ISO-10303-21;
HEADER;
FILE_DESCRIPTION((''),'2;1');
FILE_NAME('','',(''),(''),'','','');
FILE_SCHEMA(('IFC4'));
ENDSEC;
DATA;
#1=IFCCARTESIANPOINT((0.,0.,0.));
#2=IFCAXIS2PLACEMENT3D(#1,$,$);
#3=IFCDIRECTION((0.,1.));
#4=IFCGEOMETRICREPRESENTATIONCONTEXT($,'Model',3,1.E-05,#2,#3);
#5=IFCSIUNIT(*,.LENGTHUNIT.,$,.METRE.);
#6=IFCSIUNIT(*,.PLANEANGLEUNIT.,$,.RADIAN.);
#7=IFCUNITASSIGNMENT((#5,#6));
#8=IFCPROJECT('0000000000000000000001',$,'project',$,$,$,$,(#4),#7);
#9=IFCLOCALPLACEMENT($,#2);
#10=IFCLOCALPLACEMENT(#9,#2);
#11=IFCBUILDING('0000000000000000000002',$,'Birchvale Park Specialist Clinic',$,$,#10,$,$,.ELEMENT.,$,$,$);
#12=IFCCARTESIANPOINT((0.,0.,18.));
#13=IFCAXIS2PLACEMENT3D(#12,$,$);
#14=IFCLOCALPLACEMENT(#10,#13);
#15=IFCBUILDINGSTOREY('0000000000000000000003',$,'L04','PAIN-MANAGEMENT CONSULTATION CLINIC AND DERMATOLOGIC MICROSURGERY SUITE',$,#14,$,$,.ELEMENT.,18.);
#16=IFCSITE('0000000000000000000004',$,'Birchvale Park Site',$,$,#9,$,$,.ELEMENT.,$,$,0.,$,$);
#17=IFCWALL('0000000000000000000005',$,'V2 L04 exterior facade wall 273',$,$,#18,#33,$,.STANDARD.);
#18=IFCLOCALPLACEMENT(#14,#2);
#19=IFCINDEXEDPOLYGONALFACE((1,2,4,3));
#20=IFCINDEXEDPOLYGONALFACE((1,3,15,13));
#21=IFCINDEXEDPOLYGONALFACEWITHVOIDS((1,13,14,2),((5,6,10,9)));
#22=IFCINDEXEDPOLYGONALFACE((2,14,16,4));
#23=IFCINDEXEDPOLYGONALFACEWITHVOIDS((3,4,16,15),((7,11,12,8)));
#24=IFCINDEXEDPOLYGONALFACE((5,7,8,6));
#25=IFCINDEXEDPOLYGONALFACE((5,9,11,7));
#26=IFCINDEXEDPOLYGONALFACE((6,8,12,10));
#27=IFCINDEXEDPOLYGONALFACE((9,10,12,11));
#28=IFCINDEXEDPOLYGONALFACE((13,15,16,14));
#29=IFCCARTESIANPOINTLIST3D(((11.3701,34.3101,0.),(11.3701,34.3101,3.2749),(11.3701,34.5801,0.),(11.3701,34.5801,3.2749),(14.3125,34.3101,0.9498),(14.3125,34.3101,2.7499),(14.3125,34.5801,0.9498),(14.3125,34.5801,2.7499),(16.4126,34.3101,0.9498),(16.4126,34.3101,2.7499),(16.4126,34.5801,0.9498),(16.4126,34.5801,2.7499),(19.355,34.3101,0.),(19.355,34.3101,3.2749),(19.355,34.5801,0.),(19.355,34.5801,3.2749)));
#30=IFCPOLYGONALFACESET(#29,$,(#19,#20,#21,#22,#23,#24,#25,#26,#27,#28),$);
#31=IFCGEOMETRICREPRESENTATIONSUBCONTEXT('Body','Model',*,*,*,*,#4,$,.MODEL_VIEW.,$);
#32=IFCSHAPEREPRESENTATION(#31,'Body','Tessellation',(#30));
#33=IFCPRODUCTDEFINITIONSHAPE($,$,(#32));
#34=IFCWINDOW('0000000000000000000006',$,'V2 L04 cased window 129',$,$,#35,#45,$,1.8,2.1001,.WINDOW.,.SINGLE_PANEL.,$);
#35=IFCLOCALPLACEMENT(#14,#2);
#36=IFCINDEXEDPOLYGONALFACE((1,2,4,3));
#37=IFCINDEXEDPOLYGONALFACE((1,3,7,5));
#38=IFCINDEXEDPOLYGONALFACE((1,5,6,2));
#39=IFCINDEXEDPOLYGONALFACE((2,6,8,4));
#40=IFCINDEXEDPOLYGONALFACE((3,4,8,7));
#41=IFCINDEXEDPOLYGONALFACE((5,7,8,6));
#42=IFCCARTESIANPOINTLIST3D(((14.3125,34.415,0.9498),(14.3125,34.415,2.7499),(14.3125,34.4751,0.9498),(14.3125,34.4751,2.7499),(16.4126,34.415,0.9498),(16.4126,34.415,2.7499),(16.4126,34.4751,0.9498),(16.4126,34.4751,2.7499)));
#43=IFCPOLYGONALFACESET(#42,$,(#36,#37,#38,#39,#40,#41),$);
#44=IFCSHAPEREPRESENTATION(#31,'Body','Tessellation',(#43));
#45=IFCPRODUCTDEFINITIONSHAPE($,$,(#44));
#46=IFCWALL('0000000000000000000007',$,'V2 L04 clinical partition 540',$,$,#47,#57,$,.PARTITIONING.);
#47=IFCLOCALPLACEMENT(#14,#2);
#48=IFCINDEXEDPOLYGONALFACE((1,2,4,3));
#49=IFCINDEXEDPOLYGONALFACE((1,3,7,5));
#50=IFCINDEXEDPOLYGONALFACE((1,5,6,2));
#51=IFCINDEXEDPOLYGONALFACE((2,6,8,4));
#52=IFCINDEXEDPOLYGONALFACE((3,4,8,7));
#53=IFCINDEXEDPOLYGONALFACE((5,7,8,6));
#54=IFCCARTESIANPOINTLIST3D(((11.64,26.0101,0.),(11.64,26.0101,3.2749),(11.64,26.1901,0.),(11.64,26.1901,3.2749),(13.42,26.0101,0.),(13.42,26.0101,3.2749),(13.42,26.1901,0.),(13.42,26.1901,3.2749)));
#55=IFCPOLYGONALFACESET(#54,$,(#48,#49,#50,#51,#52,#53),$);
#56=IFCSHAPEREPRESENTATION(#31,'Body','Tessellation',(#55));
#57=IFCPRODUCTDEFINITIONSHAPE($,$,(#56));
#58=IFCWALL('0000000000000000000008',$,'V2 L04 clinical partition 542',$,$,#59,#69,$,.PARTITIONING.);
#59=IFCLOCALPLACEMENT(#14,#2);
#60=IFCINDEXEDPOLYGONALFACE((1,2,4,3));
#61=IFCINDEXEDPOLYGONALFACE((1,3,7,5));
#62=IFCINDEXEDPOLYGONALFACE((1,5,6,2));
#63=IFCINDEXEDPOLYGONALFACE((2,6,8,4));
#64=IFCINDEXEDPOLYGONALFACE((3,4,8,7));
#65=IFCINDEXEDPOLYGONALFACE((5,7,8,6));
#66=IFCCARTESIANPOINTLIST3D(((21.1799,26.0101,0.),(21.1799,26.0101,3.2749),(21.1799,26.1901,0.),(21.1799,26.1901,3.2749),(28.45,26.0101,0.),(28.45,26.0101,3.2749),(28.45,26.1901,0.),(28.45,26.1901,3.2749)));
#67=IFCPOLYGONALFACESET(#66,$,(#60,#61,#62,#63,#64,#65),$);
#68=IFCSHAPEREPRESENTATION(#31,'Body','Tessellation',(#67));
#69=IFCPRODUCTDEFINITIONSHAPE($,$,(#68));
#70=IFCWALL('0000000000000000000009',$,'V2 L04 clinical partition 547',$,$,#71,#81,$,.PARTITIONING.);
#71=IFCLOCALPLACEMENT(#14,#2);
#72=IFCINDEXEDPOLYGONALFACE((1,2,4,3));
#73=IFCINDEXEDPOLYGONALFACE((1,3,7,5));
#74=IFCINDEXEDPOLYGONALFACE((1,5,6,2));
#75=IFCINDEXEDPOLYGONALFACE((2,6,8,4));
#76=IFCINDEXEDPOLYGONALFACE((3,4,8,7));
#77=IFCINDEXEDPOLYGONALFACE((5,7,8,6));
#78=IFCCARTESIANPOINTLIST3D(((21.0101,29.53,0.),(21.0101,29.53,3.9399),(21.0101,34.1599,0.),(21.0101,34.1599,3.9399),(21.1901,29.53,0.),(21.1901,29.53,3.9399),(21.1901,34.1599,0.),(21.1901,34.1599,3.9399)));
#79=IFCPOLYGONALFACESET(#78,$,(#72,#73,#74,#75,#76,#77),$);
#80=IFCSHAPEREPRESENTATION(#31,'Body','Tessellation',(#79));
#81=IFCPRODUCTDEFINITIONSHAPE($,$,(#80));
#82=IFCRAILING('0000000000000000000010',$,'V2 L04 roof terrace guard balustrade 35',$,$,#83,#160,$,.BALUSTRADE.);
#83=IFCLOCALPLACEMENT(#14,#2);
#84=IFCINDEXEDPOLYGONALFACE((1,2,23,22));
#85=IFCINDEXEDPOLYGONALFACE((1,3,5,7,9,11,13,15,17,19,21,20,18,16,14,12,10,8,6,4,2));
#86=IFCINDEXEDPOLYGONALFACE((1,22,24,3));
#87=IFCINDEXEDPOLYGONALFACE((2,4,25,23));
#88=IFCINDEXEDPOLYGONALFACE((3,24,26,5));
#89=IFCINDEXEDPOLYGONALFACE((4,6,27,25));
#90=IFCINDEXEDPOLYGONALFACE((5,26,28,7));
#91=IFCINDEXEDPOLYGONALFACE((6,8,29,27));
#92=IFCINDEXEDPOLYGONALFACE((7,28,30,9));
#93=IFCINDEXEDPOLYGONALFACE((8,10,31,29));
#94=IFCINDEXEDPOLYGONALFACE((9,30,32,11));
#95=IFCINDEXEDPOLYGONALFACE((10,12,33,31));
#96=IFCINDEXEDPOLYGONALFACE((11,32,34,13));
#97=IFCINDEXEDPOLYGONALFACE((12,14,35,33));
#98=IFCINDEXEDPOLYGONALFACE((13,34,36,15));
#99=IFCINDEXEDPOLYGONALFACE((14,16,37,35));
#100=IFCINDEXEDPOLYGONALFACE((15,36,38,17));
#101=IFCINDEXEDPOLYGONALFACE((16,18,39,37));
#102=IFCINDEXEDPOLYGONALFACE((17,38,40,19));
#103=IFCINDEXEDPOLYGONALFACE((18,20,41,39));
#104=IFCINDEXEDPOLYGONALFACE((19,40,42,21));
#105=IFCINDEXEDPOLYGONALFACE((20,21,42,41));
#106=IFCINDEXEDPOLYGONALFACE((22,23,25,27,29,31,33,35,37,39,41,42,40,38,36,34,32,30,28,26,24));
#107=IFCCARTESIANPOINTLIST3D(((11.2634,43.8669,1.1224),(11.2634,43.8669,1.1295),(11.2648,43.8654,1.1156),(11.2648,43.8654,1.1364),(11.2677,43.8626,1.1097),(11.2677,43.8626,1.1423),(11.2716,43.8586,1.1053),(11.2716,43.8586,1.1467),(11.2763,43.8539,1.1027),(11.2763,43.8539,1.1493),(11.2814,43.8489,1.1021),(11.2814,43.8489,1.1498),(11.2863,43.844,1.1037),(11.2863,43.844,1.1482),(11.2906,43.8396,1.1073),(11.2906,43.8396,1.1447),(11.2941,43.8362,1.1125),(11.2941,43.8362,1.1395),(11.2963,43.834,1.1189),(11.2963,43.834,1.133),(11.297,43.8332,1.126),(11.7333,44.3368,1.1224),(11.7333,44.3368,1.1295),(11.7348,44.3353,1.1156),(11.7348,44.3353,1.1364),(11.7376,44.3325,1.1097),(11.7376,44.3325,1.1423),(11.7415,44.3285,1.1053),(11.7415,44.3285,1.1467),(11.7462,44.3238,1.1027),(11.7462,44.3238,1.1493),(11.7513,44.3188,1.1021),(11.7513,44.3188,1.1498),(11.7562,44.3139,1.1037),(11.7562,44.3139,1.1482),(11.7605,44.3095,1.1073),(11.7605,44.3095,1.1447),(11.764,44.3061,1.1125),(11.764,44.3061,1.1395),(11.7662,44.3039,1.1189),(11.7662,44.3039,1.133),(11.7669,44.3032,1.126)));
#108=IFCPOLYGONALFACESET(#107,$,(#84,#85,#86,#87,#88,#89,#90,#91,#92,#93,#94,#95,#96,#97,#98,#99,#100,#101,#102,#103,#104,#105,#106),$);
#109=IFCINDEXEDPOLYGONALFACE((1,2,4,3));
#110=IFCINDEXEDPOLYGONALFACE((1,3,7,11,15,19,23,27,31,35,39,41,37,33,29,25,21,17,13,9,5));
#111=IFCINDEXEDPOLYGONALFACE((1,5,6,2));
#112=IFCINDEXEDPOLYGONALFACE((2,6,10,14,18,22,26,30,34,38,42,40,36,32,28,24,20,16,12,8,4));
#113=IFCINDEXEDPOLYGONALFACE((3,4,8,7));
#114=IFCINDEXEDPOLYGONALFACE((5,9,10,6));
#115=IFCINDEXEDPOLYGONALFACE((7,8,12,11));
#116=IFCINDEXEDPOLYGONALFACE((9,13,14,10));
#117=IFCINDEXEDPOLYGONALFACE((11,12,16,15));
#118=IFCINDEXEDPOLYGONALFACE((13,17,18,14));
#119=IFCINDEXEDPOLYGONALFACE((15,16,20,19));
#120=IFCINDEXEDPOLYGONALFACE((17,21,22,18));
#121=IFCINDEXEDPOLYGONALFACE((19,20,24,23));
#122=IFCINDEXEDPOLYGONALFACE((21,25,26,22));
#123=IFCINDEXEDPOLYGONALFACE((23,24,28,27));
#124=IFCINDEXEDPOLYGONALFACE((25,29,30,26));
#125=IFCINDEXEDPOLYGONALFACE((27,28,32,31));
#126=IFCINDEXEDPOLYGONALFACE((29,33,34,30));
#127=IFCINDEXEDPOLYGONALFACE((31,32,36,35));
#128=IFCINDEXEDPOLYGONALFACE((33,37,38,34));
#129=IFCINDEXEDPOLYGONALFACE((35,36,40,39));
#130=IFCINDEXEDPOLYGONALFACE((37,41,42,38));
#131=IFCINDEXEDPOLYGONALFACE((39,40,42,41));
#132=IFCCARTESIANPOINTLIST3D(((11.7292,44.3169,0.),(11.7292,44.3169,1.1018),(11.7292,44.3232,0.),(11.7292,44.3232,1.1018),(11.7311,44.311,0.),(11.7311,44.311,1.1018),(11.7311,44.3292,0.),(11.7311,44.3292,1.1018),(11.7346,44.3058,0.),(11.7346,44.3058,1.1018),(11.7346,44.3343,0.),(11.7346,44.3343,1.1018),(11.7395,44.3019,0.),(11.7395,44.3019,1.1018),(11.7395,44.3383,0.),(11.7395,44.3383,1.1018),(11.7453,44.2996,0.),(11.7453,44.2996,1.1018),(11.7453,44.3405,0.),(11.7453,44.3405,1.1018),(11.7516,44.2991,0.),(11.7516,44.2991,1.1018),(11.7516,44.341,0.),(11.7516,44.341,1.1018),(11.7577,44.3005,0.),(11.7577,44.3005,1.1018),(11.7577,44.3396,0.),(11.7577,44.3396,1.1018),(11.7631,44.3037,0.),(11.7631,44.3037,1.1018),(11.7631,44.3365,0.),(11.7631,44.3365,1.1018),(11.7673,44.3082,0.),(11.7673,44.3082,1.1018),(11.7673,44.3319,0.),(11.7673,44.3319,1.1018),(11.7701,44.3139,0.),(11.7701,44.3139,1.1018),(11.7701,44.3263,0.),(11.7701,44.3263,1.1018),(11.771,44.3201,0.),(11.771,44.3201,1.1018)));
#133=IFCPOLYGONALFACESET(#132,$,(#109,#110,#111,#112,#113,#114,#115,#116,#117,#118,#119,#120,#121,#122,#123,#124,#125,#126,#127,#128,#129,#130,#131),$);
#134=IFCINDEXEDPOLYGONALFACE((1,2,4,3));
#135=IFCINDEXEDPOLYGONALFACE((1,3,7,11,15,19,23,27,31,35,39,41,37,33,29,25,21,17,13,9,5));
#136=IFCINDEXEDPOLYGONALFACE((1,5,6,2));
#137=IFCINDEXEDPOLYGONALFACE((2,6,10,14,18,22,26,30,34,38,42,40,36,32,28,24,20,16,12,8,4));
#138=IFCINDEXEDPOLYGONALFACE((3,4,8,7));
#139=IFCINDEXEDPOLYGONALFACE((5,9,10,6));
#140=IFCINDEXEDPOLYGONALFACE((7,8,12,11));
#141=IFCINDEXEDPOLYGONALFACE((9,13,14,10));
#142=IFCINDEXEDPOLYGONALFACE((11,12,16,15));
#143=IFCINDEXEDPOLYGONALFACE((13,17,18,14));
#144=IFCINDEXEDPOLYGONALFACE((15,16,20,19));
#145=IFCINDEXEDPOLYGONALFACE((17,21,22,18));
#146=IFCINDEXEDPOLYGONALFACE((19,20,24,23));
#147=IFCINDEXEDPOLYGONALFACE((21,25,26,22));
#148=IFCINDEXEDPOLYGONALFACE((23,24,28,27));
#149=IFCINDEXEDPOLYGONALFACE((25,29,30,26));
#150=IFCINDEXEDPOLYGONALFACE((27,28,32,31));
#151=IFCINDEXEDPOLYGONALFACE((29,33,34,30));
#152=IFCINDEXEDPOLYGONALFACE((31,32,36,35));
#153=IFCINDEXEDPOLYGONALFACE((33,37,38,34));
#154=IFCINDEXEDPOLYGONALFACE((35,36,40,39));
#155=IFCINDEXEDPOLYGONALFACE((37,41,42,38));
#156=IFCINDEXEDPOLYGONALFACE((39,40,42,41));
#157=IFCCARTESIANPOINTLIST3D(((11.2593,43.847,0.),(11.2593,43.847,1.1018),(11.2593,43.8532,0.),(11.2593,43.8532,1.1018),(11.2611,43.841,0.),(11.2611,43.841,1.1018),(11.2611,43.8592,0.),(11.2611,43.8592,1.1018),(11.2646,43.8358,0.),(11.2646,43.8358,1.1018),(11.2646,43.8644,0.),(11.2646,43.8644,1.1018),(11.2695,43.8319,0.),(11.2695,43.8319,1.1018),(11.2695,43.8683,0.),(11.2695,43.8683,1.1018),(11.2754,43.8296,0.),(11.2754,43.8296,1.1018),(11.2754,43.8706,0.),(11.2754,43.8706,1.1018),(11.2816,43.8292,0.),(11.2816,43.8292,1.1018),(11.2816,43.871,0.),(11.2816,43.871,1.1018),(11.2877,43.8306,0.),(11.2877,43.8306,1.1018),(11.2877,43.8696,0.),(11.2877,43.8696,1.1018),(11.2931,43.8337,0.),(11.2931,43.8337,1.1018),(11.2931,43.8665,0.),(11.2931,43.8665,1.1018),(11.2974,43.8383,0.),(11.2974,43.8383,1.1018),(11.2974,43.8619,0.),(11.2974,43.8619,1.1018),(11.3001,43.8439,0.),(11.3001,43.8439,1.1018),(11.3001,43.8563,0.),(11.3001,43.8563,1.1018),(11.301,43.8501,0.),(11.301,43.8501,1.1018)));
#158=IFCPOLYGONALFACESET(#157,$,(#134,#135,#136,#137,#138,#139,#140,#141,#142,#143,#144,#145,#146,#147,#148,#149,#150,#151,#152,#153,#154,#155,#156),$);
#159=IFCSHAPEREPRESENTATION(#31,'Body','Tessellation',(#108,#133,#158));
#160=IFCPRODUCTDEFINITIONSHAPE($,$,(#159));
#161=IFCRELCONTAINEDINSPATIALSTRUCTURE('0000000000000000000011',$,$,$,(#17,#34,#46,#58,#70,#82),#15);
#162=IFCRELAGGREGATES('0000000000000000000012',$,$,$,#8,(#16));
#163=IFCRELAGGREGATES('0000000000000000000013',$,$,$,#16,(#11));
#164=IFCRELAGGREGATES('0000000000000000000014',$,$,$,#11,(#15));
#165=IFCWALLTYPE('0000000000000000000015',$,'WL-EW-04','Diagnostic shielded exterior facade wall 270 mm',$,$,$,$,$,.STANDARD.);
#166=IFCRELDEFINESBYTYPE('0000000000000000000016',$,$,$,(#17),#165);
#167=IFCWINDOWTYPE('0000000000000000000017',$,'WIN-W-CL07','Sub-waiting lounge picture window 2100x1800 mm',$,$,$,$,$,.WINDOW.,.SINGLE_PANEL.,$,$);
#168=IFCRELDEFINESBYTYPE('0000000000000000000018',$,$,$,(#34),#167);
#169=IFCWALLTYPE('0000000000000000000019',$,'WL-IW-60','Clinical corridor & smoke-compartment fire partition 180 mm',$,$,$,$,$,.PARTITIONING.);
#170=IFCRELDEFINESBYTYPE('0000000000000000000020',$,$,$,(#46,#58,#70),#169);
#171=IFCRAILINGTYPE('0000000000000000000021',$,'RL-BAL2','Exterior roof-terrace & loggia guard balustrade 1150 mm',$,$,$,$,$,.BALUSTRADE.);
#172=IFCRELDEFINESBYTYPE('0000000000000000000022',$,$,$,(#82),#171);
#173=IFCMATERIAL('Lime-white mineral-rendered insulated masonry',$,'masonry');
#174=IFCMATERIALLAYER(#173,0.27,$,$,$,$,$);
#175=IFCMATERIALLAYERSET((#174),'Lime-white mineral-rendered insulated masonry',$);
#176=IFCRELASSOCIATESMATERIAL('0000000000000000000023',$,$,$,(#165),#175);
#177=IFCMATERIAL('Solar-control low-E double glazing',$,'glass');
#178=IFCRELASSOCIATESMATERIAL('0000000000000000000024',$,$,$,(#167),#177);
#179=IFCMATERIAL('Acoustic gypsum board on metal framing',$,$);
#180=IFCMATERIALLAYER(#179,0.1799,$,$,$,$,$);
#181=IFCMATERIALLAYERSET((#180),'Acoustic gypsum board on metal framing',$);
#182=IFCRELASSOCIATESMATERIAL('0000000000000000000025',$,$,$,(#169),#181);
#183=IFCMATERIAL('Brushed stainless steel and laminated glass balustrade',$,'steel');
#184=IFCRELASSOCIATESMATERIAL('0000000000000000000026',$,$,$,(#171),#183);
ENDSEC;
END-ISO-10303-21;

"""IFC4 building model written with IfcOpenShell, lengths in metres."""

from ifc_helpers import new_model, si_unit, direction, frame, frame_2d, origin, origin_2d, place, context, subcontext, project, spatial, rectangle, circle, extrude, material, layer, layer_set, type_object, element, fill, save


model = new_model("IFC4")

# Units and contexts
model_context = context("Model", 3, precision=1e-05, world=origin(), true_north=direction((0.0, 1.0)))
body_context = subcontext(model_context, "Body", "Model", "MODEL_VIEW")
ifc_project = project(units=[si_unit("LENGTHUNIT", "METRE"), si_unit("PLANEANGLEUNIT", "RADIAN")], contexts=[model_context])

# Site, building, storey
site_placement = place(None, origin())
site = spatial("IfcSite", under=ifc_project, at=site_placement, Name="Birchvale Park Site", CompositionType="ELEMENT", RefElevation=0.0)
building_placement = place(site_placement, origin())
building = spatial("IfcBuilding", under=site, at=building_placement, Name="Birchvale Park Specialist Clinic", CompositionType="ELEMENT")
storey_placement = place(building_placement, frame((0.0, 0.0, 18.0)))
storey = spatial("IfcBuildingStorey", under=building, at=storey_placement, Name="L04", Description="PAIN-MANAGEMENT CONSULTATION CLINIC AND DERMATOLOGIC MICROSURGERY SUITE", CompositionType="ELEMENT", Elevation=18.0)

# Shared definitions
ifc_material_1 = material(Name="Solar-control low-E double glazing", Category="glass")

# Wall, opening, window
ifc_material_2 = material(Name="Lime-white mineral-rendered insulated masonry", Category="masonry")
ifc_layer_1 = layer(ifc_material_2, 0.27)
ifc_layer_set_1 = layer_set([ifc_layer_1], Name="Lime-white mineral-rendered insulated masonry")
wall_type_1 = type_object("IfcWallType", Name="WL-EW-04", Description="Diagnostic shielded exterior facade wall 270 mm", PredefinedType="STANDARD", material=ifc_layer_set_1)
wall_1_placement = place(storey_placement, frame((19.355, 34.4451, 0.0), z_axis=(0.0, 0.0, 1.0), x_axis=(-1.0, 0.0, 0.0)))
wall_1 = element("IfcWall", 1, at=wall_1_placement, inside=storey, type_object=wall_type_1, Name="V2 L04 exterior facade wall 273", PredefinedType="STANDARD", context=body_context, shape_type="SweptSolid", body=[
    extrude(rectangle(XDim=7.9849, YDim=0.27, at=frame_2d((3.9924, 0.0))), origin(), (0.0, 0.0, 1.0), 3.2749),
])
opening_1_placement = place(wall_1_placement, frame((2.9424, 0.0, 0.95)))
opening_1 = element("IfcOpeningElement", 2, at=opening_1_placement, cuts=wall_1, PredefinedType="OPENING", context=body_context, shape_type="SweptSolid", body=[
    extrude(rectangle(XDim=2.1001, YDim=1.8, at=frame_2d((1.05, 0.8999))), frame((0.0, 0.145, 0.0), z_axis=(0.0, -1.0, 0.0), x_axis=(1.0, 0.0, 0.0)), (0.0, 0.0, 1.0), 0.29),
])
window_type = type_object("IfcWindowType", Name="WIN-W-CL07", Description="Sub-waiting lounge picture window 2100x1800 mm", PartitioningType="SINGLE_PANEL", PredefinedType="WINDOW", material=ifc_material_1)
window_placement = place(opening_1_placement, origin())
window = element("IfcWindow", 3, at=window_placement, inside=storey, type_object=window_type, Name="V2 L04 cased window 129", OverallHeight=1.8, OverallWidth=2.1001, PartitioningType="SINGLE_PANEL", PredefinedType="WINDOW", context=body_context, shape_type="SweptSolid", body=[
    extrude(rectangle(XDim=2.1001, YDim=1.8, at=frame_2d((1.05, 0.8999))), frame((0.0, 0.03, 0.0), z_axis=(0.0, -1.0, 0.0), x_axis=(1.0, 0.0, 0.0)), (0.0, 0.0, 1.0), 0.0601),
])
fill(opening_1, window)

# Walls
ifc_material_3 = material(Name="Acoustic gypsum board on metal framing")
ifc_layer_2 = layer(ifc_material_3, 0.1799)
ifc_layer_set_2 = layer_set([ifc_layer_2], Name="Acoustic gypsum board on metal framing")
wall_type_2 = type_object("IfcWallType", Name="WL-IW-60", Description="Clinical corridor & smoke-compartment fire partition 180 mm", PredefinedType="PARTITIONING", material=ifc_layer_set_2)
wall_2_placement = place(storey_placement, frame((11.6399, 26.1001, 0.0), z_axis=(0.0, 0.0, 1.0), x_axis=(1.0, 0.0, 0.0)))
element("IfcWall", 4, at=wall_2_placement, inside=storey, type_object=wall_type_2, Name="V2 L04 clinical partition 540", PredefinedType="PARTITIONING", context=body_context, shape_type="SweptSolid", body=[
    extrude(rectangle(XDim=1.78, YDim=0.1799, at=frame_2d((0.8901, 0.0))), origin(), (0.0, 0.0, 1.0), 3.2749),
])
wall_3_placement = place(storey_placement, frame((21.1799, 26.1001, 0.0), z_axis=(0.0, 0.0, 1.0), x_axis=(1.0, 0.0, 0.0)))
element("IfcWall", 5, at=wall_3_placement, inside=storey, type_object=wall_type_2, Name="V2 L04 clinical partition 542", PredefinedType="PARTITIONING", context=body_context, shape_type="SweptSolid", body=[
    extrude(rectangle(XDim=7.27, YDim=0.1799, at=frame_2d((3.635, 0.0))), origin(), (0.0, 0.0, 1.0), 3.2749),
])
wall_4_placement = place(storey_placement, frame((21.1001, 29.53, 0.0), z_axis=(0.0, 0.0, 1.0), x_axis=(0.0, 1.0, 0.0)))
element("IfcWall", 6, at=wall_4_placement, inside=storey, type_object=wall_type_2, Name="V2 L04 clinical partition 547", PredefinedType="PARTITIONING", context=body_context, shape_type="SweptSolid", body=[
    extrude(rectangle(XDim=4.6299, YDim=0.1799, at=frame_2d((2.3149, 0.0))), origin(), (0.0, 0.0, 1.0), 3.9399),
])

# Railing
ifc_material_4 = material(Name="Brushed stainless steel and laminated glass balustrade", Category="steel")
railing_type = type_object("IfcRailingType", Name="RL-BAL2", Description="Exterior roof-terrace & loggia guard balustrade 1150 mm", PredefinedType="BALUSTRADE", material=ifc_material_4)
railing_1_placement = place(storey_placement, frame((11.75, 44.3201, 0.0)))
element("IfcRailing", 7, at=railing_1_placement, inside=storey, type_object=railing_type, Name="V2 L04 roof terrace guard balustrade 35", PredefinedType="BALUSTRADE", context=body_context, shape_type="SweptSolid", body=[
    extrude(circle(Radius=0.0239, at=origin_2d()), frame((0.0, 0.0, 1.126), z_axis=(-0.707107, -0.707107, 0.0), x_axis=(0.707107, -0.707107, 0.0)), (0.0, 0.0, 1.0), 0.6646),
    extrude(circle(Radius=0.021, at=origin_2d()), origin(), (0.0, 0.0, 1.0), 1.1018),
    extrude(circle(Radius=0.021, at=origin_2d()), frame((-0.47, -0.47, 0.0)), (0.0, 0.0, 1.0), 1.1018),
])

save(model, "model.ifc")
